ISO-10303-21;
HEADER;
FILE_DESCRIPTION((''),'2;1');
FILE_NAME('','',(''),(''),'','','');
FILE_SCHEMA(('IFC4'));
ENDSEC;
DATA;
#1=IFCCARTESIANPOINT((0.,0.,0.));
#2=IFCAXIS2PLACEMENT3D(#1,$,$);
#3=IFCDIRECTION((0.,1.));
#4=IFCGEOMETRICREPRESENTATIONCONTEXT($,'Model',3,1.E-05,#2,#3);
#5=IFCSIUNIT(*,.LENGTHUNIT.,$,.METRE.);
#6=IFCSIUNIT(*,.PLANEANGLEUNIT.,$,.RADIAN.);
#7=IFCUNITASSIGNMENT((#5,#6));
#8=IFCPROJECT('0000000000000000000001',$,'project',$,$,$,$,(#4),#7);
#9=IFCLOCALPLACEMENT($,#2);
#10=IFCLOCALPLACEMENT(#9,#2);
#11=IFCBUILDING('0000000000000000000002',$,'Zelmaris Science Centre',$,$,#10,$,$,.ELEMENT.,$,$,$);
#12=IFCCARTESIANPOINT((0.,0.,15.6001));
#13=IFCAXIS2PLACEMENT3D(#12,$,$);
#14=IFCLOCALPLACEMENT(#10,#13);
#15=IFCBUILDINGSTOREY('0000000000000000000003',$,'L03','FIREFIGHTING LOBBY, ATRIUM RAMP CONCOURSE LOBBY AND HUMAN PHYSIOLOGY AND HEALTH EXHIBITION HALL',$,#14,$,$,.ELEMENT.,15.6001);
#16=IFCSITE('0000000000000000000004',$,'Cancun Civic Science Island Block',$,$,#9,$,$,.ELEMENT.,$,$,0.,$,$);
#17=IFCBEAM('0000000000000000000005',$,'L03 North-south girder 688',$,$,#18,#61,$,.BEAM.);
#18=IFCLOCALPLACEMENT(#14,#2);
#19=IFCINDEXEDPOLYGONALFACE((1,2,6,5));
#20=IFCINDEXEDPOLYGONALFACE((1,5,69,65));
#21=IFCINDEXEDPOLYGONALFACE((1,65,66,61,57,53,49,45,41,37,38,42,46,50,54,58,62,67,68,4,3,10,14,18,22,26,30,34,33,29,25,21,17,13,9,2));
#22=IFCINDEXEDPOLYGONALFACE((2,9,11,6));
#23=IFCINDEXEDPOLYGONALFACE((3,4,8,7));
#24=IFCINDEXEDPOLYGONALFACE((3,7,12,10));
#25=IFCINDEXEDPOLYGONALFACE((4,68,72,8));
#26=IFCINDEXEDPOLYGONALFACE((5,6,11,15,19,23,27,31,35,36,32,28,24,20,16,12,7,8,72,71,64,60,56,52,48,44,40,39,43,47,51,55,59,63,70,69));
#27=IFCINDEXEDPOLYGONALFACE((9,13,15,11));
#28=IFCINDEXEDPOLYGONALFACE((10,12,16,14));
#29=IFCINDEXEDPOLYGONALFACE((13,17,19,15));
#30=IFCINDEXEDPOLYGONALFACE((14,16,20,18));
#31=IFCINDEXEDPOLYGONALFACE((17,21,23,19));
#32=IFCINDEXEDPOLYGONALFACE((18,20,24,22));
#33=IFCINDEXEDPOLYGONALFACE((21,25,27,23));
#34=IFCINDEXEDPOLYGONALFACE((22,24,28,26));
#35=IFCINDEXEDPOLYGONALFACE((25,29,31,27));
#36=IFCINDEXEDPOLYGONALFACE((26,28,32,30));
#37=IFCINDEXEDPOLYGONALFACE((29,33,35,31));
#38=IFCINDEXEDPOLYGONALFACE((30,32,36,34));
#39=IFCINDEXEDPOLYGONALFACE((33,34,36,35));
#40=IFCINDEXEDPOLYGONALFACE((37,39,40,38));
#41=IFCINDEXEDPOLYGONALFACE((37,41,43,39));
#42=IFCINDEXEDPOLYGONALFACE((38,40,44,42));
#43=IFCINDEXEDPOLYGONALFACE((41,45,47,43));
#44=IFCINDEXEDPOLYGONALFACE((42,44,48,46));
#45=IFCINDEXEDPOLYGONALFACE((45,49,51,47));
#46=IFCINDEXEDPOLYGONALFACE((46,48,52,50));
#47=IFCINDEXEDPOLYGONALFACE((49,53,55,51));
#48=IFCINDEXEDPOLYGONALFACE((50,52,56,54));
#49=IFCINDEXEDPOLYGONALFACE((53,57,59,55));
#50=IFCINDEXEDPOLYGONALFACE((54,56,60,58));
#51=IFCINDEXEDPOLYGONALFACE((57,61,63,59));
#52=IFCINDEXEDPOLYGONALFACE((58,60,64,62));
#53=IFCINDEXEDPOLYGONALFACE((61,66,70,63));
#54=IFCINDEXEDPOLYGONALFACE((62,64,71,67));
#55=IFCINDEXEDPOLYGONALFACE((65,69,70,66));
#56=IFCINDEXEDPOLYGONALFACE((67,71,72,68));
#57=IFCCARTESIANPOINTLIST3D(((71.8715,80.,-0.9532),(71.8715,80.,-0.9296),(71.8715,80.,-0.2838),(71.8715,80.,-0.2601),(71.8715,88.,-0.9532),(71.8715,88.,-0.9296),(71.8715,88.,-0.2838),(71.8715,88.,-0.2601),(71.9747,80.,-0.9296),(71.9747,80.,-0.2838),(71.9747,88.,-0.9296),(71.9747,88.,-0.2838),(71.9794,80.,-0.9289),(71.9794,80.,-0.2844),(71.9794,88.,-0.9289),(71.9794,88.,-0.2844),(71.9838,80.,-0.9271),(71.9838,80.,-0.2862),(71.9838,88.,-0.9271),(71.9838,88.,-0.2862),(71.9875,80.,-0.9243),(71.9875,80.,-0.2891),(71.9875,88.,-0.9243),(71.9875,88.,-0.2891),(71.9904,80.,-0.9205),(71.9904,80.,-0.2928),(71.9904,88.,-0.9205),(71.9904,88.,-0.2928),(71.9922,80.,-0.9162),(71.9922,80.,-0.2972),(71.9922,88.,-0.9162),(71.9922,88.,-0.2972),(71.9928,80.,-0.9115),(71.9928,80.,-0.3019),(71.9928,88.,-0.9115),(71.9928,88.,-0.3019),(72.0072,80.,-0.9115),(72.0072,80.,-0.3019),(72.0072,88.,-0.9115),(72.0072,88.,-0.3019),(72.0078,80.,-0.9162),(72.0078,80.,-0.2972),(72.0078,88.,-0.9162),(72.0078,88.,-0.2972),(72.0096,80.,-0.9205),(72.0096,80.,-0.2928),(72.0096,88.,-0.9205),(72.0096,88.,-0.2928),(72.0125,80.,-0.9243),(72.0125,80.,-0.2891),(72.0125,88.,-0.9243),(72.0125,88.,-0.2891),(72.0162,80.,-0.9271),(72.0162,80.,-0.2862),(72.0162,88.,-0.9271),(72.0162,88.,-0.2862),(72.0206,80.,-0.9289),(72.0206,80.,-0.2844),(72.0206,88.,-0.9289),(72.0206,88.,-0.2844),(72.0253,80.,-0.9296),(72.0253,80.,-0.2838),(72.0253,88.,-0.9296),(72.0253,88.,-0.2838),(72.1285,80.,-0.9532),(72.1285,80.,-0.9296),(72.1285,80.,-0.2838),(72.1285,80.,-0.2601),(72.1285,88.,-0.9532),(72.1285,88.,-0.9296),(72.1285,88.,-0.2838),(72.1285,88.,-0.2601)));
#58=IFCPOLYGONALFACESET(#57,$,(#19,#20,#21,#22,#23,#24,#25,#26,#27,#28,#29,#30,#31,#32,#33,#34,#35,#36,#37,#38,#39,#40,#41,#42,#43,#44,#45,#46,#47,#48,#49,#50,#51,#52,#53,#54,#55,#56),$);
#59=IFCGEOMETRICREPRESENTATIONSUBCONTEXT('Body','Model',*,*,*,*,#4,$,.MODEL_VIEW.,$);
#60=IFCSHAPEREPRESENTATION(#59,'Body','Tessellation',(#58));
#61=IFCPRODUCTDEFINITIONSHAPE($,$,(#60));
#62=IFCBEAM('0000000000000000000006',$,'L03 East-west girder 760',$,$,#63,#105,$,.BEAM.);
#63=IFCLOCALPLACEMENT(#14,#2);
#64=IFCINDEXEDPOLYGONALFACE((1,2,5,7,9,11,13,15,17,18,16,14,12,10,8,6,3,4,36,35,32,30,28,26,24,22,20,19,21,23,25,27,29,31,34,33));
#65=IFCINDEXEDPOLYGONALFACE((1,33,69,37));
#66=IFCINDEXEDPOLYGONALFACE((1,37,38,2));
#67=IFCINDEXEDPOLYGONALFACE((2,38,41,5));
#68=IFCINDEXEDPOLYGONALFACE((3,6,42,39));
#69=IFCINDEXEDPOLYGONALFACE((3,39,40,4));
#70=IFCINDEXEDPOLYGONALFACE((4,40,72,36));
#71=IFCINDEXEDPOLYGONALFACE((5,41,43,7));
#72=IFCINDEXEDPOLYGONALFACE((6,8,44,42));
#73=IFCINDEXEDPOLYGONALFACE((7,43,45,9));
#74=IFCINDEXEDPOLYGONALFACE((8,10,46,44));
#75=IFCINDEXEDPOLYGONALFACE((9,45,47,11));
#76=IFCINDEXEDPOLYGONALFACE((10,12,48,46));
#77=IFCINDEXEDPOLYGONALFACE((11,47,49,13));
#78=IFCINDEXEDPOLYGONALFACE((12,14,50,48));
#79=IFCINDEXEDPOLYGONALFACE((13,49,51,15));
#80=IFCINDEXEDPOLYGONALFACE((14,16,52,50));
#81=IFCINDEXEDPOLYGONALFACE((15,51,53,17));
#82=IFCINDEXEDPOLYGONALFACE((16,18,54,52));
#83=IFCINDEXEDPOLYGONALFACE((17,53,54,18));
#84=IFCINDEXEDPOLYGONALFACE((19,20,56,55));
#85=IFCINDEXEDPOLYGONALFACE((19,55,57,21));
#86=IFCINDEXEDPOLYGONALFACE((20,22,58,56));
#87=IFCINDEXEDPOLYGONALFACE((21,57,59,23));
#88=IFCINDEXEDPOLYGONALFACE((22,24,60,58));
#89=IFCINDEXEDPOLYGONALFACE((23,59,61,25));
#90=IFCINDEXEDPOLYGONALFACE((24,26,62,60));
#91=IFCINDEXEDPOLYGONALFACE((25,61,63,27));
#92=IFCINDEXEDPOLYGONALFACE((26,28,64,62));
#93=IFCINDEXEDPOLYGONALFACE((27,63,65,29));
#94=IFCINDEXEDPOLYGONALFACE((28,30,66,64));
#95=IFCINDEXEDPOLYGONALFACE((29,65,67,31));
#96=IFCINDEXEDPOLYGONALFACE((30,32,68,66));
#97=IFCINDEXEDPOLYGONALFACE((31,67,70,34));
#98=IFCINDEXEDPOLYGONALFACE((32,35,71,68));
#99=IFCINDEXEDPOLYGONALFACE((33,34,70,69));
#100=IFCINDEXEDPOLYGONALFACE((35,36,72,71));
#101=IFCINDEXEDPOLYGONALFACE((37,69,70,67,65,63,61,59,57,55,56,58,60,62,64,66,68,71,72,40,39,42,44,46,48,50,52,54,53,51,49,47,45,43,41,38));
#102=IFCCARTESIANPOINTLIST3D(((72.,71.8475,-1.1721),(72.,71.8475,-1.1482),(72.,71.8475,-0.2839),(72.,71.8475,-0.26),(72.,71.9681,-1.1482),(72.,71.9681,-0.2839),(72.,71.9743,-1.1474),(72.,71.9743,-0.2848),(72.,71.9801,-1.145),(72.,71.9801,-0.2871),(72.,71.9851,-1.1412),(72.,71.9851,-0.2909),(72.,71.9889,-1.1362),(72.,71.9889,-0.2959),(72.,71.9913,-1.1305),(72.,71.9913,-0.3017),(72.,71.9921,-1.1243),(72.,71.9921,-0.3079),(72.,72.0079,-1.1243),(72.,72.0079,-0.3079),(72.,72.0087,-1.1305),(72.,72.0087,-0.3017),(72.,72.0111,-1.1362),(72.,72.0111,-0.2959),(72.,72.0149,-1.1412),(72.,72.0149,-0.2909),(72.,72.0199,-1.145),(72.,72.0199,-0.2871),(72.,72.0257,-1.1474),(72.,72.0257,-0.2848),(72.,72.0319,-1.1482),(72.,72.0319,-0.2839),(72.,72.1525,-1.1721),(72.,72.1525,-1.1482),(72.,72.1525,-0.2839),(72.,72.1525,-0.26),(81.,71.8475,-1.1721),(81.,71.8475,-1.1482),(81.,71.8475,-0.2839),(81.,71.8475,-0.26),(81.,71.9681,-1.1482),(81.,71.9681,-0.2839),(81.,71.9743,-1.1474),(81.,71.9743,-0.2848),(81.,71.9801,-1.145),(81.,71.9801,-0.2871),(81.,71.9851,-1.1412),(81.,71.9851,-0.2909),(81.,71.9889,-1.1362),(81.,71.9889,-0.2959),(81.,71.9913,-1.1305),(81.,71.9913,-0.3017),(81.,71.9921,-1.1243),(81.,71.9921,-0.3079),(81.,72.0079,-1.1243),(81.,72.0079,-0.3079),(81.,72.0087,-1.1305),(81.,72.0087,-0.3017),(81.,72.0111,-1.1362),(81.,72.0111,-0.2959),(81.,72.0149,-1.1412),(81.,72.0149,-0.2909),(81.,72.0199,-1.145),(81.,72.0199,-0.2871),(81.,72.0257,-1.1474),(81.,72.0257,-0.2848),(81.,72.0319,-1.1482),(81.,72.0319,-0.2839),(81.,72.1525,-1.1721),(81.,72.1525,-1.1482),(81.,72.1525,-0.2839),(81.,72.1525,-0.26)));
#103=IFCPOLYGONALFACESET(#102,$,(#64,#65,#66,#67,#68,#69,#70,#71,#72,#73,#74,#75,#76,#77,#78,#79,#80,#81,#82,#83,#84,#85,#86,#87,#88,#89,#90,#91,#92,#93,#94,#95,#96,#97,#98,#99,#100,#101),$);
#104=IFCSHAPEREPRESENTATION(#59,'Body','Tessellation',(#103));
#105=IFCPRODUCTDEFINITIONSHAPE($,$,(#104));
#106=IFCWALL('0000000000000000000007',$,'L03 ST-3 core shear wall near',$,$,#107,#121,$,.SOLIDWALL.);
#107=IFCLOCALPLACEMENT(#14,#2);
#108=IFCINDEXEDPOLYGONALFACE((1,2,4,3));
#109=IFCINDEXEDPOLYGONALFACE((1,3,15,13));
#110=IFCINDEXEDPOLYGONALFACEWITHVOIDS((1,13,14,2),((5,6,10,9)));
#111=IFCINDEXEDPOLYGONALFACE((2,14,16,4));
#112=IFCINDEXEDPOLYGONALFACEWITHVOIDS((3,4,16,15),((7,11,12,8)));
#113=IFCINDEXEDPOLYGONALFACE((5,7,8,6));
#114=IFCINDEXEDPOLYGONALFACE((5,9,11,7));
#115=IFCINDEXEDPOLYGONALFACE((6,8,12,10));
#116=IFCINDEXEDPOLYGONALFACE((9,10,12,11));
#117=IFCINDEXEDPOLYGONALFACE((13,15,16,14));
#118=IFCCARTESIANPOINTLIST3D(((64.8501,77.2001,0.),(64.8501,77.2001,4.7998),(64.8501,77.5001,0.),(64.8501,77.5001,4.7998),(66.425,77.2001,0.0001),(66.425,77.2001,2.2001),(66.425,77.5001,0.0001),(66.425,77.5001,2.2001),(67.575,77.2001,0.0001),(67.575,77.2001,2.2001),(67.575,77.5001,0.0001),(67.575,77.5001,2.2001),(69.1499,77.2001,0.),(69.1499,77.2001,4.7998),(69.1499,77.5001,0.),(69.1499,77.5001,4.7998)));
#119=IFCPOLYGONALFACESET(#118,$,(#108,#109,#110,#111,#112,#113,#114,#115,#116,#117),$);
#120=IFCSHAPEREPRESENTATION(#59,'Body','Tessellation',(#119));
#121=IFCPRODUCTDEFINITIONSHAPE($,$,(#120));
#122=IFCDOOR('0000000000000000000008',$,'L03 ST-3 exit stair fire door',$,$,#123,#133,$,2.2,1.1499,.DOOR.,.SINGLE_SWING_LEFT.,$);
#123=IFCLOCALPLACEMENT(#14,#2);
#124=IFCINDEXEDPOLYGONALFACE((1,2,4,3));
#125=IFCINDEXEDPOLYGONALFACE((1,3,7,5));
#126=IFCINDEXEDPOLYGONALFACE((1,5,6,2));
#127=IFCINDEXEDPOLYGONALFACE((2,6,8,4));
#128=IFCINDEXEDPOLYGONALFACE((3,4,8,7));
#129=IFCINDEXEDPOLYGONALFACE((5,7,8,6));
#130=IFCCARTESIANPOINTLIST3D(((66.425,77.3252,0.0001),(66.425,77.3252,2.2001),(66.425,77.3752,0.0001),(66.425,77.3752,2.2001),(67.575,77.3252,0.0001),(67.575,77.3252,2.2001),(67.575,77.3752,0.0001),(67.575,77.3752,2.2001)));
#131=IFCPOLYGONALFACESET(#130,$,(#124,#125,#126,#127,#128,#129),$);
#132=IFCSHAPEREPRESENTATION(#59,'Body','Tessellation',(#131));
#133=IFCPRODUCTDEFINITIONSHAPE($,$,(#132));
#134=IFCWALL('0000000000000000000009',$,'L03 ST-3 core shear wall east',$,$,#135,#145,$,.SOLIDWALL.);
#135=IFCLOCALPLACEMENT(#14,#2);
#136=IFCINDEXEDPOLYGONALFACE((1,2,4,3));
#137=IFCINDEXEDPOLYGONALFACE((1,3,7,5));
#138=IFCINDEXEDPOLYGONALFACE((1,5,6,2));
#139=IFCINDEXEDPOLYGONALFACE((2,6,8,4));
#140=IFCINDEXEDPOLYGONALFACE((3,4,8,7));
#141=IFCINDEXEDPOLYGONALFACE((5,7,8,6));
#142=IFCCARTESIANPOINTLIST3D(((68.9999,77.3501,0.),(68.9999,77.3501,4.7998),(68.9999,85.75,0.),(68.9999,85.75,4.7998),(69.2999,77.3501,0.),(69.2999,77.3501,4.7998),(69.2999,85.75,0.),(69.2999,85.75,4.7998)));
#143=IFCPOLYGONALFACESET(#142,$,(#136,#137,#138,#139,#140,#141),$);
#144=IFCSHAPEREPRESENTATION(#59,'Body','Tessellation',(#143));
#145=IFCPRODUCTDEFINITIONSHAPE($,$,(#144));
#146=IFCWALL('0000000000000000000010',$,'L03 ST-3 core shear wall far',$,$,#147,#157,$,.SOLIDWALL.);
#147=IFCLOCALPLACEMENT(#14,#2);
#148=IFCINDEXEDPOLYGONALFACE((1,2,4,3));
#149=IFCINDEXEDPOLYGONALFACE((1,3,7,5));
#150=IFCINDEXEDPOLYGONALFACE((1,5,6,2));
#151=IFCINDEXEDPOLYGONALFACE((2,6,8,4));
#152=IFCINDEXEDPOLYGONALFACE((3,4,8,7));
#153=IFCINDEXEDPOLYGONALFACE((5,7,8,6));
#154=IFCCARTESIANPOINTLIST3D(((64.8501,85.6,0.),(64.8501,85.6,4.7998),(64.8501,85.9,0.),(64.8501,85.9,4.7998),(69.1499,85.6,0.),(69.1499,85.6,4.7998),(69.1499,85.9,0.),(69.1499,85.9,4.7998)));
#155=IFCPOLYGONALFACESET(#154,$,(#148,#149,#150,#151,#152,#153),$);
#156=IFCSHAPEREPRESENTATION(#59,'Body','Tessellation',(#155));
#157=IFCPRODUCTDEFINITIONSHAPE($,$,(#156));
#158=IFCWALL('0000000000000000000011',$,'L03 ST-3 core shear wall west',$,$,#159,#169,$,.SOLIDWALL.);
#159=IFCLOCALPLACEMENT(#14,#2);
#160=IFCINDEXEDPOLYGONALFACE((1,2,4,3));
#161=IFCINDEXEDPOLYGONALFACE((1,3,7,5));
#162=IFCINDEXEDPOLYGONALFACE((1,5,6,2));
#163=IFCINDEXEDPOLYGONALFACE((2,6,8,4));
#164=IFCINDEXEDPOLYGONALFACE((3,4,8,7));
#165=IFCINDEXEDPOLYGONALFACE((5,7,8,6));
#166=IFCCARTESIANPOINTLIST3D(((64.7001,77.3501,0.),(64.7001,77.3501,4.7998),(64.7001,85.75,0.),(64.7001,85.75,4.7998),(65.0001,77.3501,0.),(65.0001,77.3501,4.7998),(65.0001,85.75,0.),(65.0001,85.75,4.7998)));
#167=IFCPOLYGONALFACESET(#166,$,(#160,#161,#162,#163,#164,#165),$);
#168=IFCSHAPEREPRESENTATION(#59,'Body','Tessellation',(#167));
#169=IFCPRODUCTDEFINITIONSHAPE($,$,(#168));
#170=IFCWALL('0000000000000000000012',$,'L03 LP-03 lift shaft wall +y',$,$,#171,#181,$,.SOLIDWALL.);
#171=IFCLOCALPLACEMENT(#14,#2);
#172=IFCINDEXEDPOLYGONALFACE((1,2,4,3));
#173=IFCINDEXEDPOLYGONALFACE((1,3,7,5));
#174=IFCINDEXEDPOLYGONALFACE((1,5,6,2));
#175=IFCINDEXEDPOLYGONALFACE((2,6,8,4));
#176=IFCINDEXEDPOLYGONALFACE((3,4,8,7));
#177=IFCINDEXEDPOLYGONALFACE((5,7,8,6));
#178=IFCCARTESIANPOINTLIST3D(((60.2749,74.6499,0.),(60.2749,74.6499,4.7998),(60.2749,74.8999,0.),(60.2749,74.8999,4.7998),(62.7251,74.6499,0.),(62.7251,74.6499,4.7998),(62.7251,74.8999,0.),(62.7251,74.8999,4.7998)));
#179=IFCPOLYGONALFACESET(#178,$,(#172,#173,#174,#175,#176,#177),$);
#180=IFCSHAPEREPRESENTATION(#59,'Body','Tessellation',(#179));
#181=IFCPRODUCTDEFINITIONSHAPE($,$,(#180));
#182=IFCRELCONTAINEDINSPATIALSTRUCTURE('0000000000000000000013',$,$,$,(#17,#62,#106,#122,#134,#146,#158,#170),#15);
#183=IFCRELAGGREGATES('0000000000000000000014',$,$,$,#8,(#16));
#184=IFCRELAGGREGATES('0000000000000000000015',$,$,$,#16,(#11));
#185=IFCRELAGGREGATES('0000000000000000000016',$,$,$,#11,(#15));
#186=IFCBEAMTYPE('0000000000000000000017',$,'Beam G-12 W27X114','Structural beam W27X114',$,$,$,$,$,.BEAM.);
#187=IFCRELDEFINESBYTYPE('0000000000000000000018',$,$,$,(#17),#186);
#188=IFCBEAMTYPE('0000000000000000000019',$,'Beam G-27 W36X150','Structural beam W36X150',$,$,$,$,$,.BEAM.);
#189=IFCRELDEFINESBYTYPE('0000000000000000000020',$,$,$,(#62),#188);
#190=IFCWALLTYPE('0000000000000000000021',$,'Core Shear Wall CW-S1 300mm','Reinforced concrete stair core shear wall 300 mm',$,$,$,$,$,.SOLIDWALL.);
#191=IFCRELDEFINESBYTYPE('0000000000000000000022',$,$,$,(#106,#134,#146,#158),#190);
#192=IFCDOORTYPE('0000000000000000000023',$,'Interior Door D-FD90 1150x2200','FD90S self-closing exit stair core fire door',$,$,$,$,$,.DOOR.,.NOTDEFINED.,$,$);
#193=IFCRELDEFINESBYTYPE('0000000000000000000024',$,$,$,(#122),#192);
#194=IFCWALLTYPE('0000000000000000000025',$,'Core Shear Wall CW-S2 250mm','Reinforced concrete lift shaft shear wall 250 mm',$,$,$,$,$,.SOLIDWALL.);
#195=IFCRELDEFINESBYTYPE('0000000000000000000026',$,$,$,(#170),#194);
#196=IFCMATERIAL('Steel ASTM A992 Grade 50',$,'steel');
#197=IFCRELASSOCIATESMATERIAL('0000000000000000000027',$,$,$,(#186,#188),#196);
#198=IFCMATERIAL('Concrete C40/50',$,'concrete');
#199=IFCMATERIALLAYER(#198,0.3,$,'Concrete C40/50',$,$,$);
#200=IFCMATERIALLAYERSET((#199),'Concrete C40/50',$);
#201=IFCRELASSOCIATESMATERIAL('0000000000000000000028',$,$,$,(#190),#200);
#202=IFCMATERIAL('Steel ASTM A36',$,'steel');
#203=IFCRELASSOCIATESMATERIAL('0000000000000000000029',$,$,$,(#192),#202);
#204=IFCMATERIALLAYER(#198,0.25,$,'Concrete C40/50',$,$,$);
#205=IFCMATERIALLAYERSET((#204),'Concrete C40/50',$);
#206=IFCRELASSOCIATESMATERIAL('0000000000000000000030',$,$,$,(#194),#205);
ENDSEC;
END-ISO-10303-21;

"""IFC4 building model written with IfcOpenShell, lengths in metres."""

from ifc_helpers import new_model, si_unit, direction, frame, frame_2d, origin, origin_2d, place, context, subcontext, project, spatial, rectangle, i_section, extrude, material, layer, layer_set, material_profile, profile_set, type_object, element, fill, save


model = new_model("IFC4")

# Units and contexts
model_context = context("Model", 3, precision=1e-05, world=origin(), true_north=direction((0.0, 1.0)))
body_context = subcontext(model_context, "Body", "Model", "MODEL_VIEW")
ifc_project = project(units=[si_unit("LENGTHUNIT", "METRE"), si_unit("PLANEANGLEUNIT", "RADIAN")], contexts=[model_context])

# Site, building, storey
site_placement = place(None, origin())
site = spatial("IfcSite", under=ifc_project, at=site_placement, Name="Cancun Civic Science Island Block", CompositionType="ELEMENT", RefElevation=0.0)
building_placement = place(site_placement, origin())
building = spatial("IfcBuilding", under=site, at=building_placement, Name="Zelmaris Science Centre", CompositionType="ELEMENT")
storey_placement = place(building_placement, frame((0.0, 0.0, 15.6001)))
storey = spatial("IfcBuildingStorey", under=building, at=storey_placement, Name="L03", Description="FIREFIGHTING LOBBY, ATRIUM RAMP CONCOURSE LOBBY AND HUMAN PHYSIOLOGY AND HEALTH EXHIBITION HALL", CompositionType="ELEMENT", Elevation=15.6001)

# Shared definitions
ifc_material_1 = material(Name="Steel ASTM A992 Grade 50", Category="steel")

# Beams
ifc_material_profile_1 = material_profile(ifc_material_1, i_section(OverallWidth=0.2571, OverallDepth=0.6931, WebThickness=0.0144, FlangeThickness=0.0237, FilletRadius=0.0181, at=origin_2d()), Name="W27X114")
ifc_profile_set_1 = profile_set([ifc_material_profile_1], Name="Steel ASTM A992 Grade 50")
beam_type_1 = type_object("IfcBeamType", Name="Beam G-12 W27X114", Description="Structural beam W27X114", PredefinedType="BEAM", material=ifc_profile_set_1)
beam_1_placement = place(storey_placement, frame((72.0, 80.0, -0.6067), z_axis=(0.0, 1.0, 0.0), x_axis=(-1.0, 0.0, 0.0)))
element("IfcBeam", 1, at=beam_1_placement, inside=storey, type_object=beam_type_1, Name="L03 North-south girder 688", PredefinedType="BEAM", context=body_context, shape_type="SweptSolid", body=[
    extrude(i_section(OverallWidth=0.2571, OverallDepth=0.6931, WebThickness=0.0144, FlangeThickness=0.0237, FilletRadius=0.0181, at=origin_2d()), origin(), (0.0, 0.0, 1.0), 8.0),
])
ifc_material_profile_2 = material_profile(ifc_material_1, i_section(OverallWidth=0.3049, OverallDepth=0.9121, WebThickness=0.0159, FlangeThickness=0.0239, FilletRadius=0.0239, at=origin_2d()), Name="W36X150")
ifc_profile_set_2 = profile_set([ifc_material_profile_2], Name="Steel ASTM A992 Grade 50")
beam_type_2 = type_object("IfcBeamType", Name="Beam G-27 W36X150", Description="Structural beam W36X150", PredefinedType="BEAM", material=ifc_profile_set_2)
beam_2_placement = place(storey_placement, frame((72.0, 72.0, -0.7161), z_axis=(1.0, 0.0, 0.0), x_axis=(0.0, 1.0, 0.0)))
element("IfcBeam", 2, at=beam_2_placement, inside=storey, type_object=beam_type_2, Name="L03 East-west girder 760", PredefinedType="BEAM", context=body_context, shape_type="SweptSolid", body=[
    extrude(i_section(OverallWidth=0.3049, OverallDepth=0.9121, WebThickness=0.0159, FlangeThickness=0.0239, FilletRadius=0.0239, at=origin_2d()), origin(), (0.0, 0.0, 1.0), 9.0),
])

# Wall, opening, door
ifc_material_2 = material(Name="Concrete C40/50", Category="concrete")
ifc_layer_1 = layer(ifc_material_2, 0.3, Name="Concrete C40/50")
ifc_layer_set_1 = layer_set([ifc_layer_1], Name="Concrete C40/50")
wall_type_1 = type_object("IfcWallType", Name="Core Shear Wall CW-S1 300mm", Description="Reinforced concrete stair core shear wall 300 mm", PredefinedType="SOLIDWALL", material=ifc_layer_set_1)
wall_1_placement = place(storey_placement, frame((69.1499, 77.3501, 0.0), z_axis=(0.0, 0.0, 1.0), x_axis=(-1.0, 0.0, 0.0)))
wall_1 = element("IfcWall", 3, at=wall_1_placement, inside=storey, type_object=wall_type_1, Name="L03 ST-3 core shear wall near", PredefinedType="SOLIDWALL", context=body_context, shape_type="SweptSolid", body=[
    extrude(rectangle(XDim=4.2998, YDim=0.3, at=frame_2d((2.1499, 0.0))), origin(), (0.0, 0.0, 1.0), 4.7998),
])
opening_placement = place(wall_1_placement, frame((1.575, 0.0, 0.0)))
opening = element("IfcOpeningElement", 4, at=opening_placement, cuts=wall_1, PredefinedType="OPENING", context=body_context, shape_type="SweptSolid", body=[
    extrude(rectangle(XDim=1.1499, YDim=2.2, at=frame_2d((0.575, 1.1001))), frame((0.0, 0.1599, 0.0), z_axis=(0.0, -1.0, 0.0), x_axis=(1.0, 0.0, 0.0)), (0.0, 0.0, 1.0), 0.3201),
])
ifc_material_3 = material(Name="Steel ASTM A36", Category="steel")
door_type = type_object("IfcDoorType", Name="Interior Door D-FD90 1150x2200", Description="FD90S self-closing exit stair core fire door", OperationType="NOTDEFINED", PredefinedType="DOOR", material=ifc_material_3)
door_placement = place(opening_placement, origin())
door = element("IfcDoor", 5, at=door_placement, inside=storey, type_object=door_type, Name="L03 ST-3 exit stair fire door", OperationType="SINGLE_SWING_LEFT", OverallHeight=2.2, OverallWidth=1.1499, PredefinedType="DOOR", context=body_context, shape_type="SweptSolid", body=[
    extrude(rectangle(XDim=1.1499, YDim=2.2, at=frame_2d((0.575, 1.1001))), frame((0.0, 0.0249, 0.0), z_axis=(0.0, -1.0, 0.0), x_axis=(1.0, 0.0, 0.0)), (0.0, 0.0, 1.0), 0.05),
])
fill(opening, door)

# Walls
wall_2_placement = place(storey_placement, frame((69.1499, 77.3501, 0.0), z_axis=(0.0, 0.0, 1.0), x_axis=(0.0, 1.0, 0.0)))
element("IfcWall", 6, at=wall_2_placement, inside=storey, type_object=wall_type_1, Name="L03 ST-3 core shear wall east", PredefinedType="SOLIDWALL", context=body_context, shape_type="SweptSolid", body=[
    extrude(rectangle(XDim=8.3999, YDim=0.3, at=frame_2d((4.2, 0.0))), origin(), (0.0, 0.0, 1.0), 4.7998),
])
wall_3_placement = place(storey_placement, frame((69.1499, 85.75, 0.0), z_axis=(0.0, 0.0, 1.0), x_axis=(-1.0, 0.0, 0.0)))
element("IfcWall", 7, at=wall_3_placement, inside=storey, type_object=wall_type_1, Name="L03 ST-3 core shear wall far", PredefinedType="SOLIDWALL", context=body_context, shape_type="SweptSolid", body=[
    extrude(rectangle(XDim=4.2998, YDim=0.3, at=frame_2d((2.1499, 0.0))), origin(), (0.0, 0.0, 1.0), 4.7998),
])
wall_4_placement = place(storey_placement, frame((64.8501, 77.3501, 0.0), z_axis=(0.0, 0.0, 1.0), x_axis=(0.0, 1.0, 0.0)))
element("IfcWall", 8, at=wall_4_placement, inside=storey, type_object=wall_type_1, Name="L03 ST-3 core shear wall west", PredefinedType="SOLIDWALL", context=body_context, shape_type="SweptSolid", body=[
    extrude(rectangle(XDim=8.3999, YDim=0.3, at=frame_2d((4.2, 0.0))), origin(), (0.0, 0.0, 1.0), 4.7998),
])
ifc_layer_2 = layer(ifc_material_2, 0.25, Name="Concrete C40/50")
ifc_layer_set_2 = layer_set([ifc_layer_2], Name="Concrete C40/50")
wall_type_2 = type_object("IfcWallType", Name="Core Shear Wall CW-S2 250mm", Description="Reinforced concrete lift shaft shear wall 250 mm", PredefinedType="SOLIDWALL", material=ifc_layer_set_2)
wall_5_placement = place(storey_placement, frame((62.7251, 74.7749, 0.0), z_axis=(0.0, 0.0, 1.0), x_axis=(-1.0, 0.0, 0.0)))
element("IfcWall", 9, at=wall_5_placement, inside=storey, type_object=wall_type_2, Name="L03 LP-03 lift shaft wall +y", PredefinedType="SOLIDWALL", context=body_context, shape_type="SweptSolid", body=[
    extrude(rectangle(XDim=2.4502, YDim=0.25, at=frame_2d((1.2251, 0.0))), origin(), (0.0, 0.0, 1.0), 4.7998),
])

save(model, "model.ifc")
